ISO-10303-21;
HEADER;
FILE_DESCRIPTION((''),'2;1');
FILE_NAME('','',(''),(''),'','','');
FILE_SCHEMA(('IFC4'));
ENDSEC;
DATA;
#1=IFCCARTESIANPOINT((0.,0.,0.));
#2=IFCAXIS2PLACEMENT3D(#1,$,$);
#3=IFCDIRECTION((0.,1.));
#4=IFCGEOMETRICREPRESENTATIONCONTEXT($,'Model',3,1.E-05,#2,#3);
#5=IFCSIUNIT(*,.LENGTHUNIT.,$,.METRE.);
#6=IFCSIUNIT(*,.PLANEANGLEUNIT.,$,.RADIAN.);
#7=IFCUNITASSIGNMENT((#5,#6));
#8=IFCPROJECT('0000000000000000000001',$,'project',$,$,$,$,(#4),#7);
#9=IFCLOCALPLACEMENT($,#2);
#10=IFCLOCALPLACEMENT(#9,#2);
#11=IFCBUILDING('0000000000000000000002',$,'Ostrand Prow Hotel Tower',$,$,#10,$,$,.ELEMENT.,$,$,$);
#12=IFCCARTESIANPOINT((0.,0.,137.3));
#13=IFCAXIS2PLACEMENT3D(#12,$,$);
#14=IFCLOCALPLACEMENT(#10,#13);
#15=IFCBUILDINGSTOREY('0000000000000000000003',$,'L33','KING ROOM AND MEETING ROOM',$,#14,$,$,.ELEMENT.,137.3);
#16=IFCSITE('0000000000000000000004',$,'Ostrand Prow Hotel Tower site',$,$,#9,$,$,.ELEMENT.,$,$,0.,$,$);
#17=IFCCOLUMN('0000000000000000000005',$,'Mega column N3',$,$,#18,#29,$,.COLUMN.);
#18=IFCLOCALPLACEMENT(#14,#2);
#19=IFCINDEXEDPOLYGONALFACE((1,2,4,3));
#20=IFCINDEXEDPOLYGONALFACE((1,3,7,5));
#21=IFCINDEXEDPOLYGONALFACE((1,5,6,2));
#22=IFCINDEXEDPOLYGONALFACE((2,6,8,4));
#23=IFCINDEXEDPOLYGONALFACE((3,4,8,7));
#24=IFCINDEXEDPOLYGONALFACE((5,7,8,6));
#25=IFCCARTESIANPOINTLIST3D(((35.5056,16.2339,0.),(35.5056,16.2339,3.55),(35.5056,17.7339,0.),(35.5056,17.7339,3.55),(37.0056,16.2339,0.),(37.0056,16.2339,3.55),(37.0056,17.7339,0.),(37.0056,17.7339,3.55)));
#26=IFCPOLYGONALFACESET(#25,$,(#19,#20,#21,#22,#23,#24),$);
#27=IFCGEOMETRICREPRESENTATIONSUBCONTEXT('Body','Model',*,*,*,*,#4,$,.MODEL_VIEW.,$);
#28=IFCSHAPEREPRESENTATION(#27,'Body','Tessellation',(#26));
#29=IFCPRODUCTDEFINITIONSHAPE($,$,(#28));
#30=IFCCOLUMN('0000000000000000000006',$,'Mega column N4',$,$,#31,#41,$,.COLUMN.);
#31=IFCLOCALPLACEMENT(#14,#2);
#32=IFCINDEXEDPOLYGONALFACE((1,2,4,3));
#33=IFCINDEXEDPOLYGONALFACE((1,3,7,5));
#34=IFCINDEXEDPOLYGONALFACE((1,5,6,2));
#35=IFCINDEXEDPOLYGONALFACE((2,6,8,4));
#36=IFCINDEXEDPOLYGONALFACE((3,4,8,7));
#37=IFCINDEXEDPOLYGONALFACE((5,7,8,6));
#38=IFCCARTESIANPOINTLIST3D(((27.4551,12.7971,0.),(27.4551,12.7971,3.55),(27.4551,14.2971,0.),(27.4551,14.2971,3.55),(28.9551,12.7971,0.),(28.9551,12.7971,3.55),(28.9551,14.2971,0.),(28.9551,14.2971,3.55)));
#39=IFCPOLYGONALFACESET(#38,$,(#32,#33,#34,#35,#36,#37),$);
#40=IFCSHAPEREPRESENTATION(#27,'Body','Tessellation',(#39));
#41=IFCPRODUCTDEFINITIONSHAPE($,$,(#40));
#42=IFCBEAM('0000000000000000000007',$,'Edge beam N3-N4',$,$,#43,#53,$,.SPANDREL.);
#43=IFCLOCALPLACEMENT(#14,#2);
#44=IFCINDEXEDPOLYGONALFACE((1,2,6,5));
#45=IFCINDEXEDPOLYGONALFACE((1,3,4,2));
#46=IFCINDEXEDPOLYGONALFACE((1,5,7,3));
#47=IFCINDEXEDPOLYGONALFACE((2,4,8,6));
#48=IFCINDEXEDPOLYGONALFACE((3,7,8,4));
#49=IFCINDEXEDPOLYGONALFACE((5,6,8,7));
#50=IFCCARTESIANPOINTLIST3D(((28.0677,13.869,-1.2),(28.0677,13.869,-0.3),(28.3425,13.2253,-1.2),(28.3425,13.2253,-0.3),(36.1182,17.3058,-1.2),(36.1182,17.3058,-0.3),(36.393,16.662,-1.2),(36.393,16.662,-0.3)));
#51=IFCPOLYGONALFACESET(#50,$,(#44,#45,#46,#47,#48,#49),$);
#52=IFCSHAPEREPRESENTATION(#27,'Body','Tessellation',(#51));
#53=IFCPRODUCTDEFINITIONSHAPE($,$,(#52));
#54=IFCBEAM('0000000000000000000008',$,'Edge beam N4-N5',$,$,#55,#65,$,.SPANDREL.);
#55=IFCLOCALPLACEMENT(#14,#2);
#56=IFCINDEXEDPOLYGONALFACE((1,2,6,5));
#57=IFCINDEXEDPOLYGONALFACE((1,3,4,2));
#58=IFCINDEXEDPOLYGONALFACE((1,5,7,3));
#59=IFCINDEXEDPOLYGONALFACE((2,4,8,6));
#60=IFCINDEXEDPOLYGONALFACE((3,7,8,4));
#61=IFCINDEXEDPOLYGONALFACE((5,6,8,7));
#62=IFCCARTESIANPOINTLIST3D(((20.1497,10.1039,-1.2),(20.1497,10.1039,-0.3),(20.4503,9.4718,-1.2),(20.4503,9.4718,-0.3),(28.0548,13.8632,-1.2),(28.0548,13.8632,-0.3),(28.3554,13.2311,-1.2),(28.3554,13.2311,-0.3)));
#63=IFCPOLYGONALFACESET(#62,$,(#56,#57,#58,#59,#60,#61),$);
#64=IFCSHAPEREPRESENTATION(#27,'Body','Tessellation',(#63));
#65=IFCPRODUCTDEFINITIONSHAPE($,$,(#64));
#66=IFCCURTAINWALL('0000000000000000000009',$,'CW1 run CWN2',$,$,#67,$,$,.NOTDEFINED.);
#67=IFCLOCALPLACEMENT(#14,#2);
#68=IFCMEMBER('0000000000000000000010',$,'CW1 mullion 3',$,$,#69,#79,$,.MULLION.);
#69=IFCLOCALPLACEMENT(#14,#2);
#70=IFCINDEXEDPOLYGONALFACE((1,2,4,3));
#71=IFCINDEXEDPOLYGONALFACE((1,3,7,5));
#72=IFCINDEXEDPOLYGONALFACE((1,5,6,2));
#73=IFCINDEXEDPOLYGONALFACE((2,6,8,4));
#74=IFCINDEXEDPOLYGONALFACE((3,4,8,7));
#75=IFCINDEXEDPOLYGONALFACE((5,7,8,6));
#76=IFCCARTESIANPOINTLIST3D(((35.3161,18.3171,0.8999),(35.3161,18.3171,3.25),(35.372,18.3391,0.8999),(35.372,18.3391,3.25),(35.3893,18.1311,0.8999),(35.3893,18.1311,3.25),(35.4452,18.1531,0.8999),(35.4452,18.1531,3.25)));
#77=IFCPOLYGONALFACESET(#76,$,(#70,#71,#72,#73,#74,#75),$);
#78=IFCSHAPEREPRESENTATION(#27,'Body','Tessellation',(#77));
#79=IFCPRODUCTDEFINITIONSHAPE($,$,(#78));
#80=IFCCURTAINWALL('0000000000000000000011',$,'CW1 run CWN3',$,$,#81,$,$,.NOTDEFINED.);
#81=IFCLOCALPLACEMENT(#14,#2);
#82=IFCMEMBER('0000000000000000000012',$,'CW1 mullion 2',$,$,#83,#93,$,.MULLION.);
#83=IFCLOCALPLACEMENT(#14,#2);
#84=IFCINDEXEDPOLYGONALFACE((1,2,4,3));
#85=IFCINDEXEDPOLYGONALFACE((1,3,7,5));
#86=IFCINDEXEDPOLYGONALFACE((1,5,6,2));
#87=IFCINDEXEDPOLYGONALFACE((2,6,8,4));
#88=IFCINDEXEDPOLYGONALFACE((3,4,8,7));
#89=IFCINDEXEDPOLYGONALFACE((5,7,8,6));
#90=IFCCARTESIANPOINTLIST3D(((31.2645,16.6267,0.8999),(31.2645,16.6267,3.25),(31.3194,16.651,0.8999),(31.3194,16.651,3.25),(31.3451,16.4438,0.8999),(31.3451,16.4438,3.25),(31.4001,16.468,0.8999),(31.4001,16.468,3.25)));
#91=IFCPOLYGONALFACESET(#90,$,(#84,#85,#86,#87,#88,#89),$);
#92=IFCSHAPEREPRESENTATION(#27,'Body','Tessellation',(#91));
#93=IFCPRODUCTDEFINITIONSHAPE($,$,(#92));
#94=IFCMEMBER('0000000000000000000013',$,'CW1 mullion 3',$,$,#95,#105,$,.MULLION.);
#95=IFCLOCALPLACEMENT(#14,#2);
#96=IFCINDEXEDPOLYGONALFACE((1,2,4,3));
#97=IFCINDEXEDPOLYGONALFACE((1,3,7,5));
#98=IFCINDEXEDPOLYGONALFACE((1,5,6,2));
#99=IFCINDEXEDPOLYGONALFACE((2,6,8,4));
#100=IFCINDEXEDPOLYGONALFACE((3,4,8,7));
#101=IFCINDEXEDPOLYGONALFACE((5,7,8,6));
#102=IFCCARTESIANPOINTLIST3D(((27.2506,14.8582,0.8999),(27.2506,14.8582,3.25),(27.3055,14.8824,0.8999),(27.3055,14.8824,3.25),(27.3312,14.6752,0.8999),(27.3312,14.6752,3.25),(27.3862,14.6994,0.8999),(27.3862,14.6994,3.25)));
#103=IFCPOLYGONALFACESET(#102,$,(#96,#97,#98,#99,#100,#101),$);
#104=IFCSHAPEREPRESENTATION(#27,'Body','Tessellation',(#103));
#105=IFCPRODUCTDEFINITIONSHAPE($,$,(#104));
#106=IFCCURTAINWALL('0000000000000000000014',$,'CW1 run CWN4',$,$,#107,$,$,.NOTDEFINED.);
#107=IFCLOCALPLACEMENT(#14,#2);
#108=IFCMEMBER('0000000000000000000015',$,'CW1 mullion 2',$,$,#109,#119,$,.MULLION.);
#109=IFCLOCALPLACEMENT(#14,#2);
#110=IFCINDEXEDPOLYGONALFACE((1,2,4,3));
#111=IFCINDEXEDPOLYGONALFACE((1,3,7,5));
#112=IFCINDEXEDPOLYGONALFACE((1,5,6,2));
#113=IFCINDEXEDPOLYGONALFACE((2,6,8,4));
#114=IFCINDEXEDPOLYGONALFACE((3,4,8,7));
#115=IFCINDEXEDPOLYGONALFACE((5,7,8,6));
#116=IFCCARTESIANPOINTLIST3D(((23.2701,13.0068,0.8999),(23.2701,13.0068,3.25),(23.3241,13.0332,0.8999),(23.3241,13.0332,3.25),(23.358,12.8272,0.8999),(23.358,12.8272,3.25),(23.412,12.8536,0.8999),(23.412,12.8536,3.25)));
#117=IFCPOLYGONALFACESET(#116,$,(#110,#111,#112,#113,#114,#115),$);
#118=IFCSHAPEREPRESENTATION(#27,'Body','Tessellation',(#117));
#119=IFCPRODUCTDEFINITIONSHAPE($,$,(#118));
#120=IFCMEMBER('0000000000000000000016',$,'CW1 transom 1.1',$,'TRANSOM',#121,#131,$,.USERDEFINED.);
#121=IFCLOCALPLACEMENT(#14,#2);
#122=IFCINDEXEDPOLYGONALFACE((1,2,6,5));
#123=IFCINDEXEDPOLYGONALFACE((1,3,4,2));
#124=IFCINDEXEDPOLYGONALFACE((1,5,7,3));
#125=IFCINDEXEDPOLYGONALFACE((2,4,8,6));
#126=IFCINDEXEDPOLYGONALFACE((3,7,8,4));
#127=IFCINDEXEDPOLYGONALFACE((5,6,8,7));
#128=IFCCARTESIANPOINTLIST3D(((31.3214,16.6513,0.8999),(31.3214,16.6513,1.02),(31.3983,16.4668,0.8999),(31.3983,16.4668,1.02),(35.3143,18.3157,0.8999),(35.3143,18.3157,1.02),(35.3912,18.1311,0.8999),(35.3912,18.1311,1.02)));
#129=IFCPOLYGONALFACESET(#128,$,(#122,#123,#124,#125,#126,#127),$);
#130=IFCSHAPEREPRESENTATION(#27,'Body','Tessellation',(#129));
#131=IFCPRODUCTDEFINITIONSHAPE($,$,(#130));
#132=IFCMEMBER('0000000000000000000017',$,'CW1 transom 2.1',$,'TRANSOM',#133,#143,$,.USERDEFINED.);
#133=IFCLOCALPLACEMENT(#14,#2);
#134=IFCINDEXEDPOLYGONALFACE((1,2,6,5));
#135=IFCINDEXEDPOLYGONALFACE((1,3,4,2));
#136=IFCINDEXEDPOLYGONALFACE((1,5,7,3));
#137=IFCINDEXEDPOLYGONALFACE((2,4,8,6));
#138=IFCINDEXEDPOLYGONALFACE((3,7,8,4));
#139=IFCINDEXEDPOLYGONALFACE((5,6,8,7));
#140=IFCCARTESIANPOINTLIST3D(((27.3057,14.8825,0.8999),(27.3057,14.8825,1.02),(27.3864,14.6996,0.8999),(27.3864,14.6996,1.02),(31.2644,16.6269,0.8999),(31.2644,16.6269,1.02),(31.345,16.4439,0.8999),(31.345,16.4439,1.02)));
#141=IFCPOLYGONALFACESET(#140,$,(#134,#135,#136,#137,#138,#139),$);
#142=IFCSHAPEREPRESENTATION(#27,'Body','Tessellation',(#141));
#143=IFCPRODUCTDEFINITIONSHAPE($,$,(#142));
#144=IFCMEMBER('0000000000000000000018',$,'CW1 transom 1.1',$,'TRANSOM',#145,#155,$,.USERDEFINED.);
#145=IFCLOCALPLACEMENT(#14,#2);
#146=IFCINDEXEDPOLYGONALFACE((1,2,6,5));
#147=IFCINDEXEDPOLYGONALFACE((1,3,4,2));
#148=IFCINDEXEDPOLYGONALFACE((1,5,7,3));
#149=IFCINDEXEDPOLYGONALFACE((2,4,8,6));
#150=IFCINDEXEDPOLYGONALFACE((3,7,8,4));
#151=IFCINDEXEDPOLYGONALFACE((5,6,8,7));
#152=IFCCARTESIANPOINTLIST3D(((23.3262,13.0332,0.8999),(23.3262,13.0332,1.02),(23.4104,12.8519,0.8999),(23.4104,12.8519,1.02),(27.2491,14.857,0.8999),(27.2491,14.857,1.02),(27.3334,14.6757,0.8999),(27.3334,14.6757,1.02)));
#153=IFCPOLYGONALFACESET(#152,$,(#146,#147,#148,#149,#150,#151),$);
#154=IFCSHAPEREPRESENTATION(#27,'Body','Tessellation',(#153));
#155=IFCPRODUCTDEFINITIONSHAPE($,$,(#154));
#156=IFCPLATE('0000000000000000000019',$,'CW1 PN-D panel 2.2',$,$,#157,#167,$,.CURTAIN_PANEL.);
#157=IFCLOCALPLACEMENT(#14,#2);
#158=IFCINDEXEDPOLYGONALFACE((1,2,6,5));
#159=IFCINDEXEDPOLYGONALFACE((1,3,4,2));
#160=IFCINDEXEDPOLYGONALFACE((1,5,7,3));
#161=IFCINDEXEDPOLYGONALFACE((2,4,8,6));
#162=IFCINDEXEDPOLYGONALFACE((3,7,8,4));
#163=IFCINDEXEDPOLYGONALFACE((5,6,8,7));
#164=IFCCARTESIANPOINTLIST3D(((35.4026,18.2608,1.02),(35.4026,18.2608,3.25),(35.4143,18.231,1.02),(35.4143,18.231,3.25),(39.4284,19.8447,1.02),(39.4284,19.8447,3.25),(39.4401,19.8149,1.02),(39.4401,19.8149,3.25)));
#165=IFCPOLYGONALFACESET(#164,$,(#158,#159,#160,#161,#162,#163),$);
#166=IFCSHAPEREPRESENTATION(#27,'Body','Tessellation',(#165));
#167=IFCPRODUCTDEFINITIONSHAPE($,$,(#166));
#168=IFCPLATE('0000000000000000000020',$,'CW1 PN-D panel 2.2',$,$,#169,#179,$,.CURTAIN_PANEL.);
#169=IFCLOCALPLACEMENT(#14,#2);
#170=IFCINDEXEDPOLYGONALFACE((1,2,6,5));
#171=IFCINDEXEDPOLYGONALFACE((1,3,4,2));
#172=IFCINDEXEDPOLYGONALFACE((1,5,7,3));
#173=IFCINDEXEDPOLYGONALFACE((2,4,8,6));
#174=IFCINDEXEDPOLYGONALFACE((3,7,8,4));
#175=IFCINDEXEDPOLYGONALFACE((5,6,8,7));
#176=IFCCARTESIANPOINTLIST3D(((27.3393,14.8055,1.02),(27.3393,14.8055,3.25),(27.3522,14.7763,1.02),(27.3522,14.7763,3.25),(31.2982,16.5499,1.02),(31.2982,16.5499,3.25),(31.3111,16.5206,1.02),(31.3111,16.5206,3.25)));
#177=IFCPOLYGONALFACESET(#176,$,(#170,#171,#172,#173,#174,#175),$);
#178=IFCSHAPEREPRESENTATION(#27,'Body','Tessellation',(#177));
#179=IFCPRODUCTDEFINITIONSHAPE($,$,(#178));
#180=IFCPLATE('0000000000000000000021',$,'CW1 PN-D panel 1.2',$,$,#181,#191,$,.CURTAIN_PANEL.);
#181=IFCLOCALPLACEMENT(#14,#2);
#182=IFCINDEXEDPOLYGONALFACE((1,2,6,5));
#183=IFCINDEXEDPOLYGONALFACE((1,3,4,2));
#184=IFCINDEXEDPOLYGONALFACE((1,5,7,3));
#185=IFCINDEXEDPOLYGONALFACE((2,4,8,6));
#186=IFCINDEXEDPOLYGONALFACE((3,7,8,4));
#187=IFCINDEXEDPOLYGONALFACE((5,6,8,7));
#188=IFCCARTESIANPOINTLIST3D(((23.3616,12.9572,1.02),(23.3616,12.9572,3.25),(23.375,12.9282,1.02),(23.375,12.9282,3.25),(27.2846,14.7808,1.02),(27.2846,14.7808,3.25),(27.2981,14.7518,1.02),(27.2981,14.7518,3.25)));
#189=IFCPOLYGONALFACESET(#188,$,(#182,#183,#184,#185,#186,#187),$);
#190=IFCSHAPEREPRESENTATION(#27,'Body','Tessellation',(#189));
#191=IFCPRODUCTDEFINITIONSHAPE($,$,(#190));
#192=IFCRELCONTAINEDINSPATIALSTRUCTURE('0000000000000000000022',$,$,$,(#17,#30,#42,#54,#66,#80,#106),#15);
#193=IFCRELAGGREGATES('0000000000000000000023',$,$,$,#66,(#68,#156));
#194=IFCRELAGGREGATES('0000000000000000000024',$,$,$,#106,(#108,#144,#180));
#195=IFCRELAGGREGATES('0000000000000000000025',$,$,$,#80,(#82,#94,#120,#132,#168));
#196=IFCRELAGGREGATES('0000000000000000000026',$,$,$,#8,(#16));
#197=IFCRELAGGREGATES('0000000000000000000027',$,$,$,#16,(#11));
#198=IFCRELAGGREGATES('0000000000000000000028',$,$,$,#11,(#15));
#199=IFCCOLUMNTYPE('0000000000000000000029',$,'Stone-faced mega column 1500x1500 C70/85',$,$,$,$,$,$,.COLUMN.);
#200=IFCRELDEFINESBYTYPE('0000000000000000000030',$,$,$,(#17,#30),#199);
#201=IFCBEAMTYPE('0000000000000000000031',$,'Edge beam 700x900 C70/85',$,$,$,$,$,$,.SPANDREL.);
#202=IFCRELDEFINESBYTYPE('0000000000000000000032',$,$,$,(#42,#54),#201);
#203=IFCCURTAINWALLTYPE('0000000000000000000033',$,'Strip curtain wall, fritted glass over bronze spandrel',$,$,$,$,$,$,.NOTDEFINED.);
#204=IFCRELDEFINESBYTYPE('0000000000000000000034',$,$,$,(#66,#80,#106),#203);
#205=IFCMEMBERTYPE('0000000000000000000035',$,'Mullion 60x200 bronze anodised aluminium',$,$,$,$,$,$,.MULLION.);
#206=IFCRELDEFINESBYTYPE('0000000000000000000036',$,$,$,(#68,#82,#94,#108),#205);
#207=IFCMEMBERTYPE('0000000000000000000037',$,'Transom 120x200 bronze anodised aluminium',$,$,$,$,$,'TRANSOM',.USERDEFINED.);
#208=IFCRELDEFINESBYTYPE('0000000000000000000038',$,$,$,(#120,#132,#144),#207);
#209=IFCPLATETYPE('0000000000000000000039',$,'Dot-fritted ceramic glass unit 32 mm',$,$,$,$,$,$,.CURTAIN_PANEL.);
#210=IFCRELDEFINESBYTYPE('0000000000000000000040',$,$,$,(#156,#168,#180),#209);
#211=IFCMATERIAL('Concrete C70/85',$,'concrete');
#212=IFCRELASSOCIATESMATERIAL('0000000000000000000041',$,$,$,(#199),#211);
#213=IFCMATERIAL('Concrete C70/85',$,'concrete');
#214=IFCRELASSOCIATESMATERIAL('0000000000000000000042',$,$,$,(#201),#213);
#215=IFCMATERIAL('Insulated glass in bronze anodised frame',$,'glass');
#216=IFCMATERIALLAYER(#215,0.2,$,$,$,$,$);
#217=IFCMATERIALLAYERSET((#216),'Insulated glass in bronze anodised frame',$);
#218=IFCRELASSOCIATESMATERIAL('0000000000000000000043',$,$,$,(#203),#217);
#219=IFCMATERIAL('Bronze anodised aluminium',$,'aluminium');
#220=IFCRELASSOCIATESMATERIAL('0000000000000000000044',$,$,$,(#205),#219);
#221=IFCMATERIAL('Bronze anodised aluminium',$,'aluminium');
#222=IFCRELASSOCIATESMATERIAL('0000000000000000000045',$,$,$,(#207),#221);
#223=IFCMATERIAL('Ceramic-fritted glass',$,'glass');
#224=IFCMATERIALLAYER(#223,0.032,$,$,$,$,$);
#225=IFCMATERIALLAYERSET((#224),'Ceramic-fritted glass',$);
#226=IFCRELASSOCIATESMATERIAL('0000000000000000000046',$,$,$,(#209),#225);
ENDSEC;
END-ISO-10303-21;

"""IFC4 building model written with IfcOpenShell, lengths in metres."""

from ifc_helpers import new_model, si_unit, direction, frame, origin, origin_2d, place, context, subcontext, project, spatial, rectangle, extrude, material, layer, layer_set, material_profile, profile_set, type_object, element, aggregate, save


model = new_model("IFC4")

# Units and contexts
model_context = context("Model", 3, precision=1e-05, world=origin(), true_north=direction((0.0, 1.0)))
body_context = subcontext(model_context, "Body", "Model", "MODEL_VIEW")
ifc_project = project(units=[si_unit("LENGTHUNIT", "METRE"), si_unit("PLANEANGLEUNIT", "RADIAN")], contexts=[model_context])

# Site, building, storey
site_placement = place(None, origin())
site = spatial("IfcSite", under=ifc_project, at=site_placement, Name="Ostrand Prow Hotel Tower site", CompositionType="ELEMENT", RefElevation=0.0)
building_placement = place(site_placement, origin())
building = spatial("IfcBuilding", under=site, at=building_placement, Name="Ostrand Prow Hotel Tower", CompositionType="ELEMENT")
storey_placement = place(building_placement, frame((0.0, 0.0, 137.3)))
storey = spatial("IfcBuildingStorey", under=building, at=storey_placement, Name="L33", Description="KING ROOM AND MEETING ROOM", CompositionType="ELEMENT", Elevation=137.3)

# Columns
ifc_material_1 = material(Name="Concrete C70/85", Category="concrete")
ifc_material_profile_1 = material_profile(ifc_material_1, rectangle(XDim=1.5, YDim=1.5, at=origin_2d()), Name="RC 1500x1500")
ifc_profile_set_1 = profile_set([ifc_material_profile_1], Name="Concrete C70/85")
column_type = type_object("IfcColumnType", Name="Stone-faced mega column 1500x1500 C70/85", PredefinedType="COLUMN", material=ifc_profile_set_1)
for number, where, z_axis, x_axis, name in (
    (1, (36.2556, 16.9839, 0.0), (0.0, 0.0, 1.0), (1.0, 0.0, 0.0), "Mega column N3"),
    (2, (28.2051, 13.5471, 0.0), (0.0, 0.0, 1.0), (1.0, 0.0, 0.0), "Mega column N4"),
):
    element("IfcColumn", number, at=place(storey_placement, frame(where, z_axis=z_axis, x_axis=x_axis)), inside=storey, type_object=column_type, Name=name, PredefinedType="COLUMN", context=body_context, shape_type="SweptSolid", body=[
        extrude(rectangle(XDim=1.5, YDim=1.5, at=origin_2d()), origin(), (0.0, 0.0, 1.0), 3.55),
    ])

# Beams
ifc_material_2 = material(Name="Concrete C70/85", Category="concrete")
ifc_material_profile_2 = material_profile(ifc_material_2, rectangle(XDim=0.7, YDim=0.8999, at=origin_2d()), Name="RC 700x900")
ifc_profile_set_2 = profile_set([ifc_material_profile_2], Name="Concrete C70/85")
beam_type = type_object("IfcBeamType", Name="Edge beam 700x900 C70/85", PredefinedType="SPANDREL", material=ifc_profile_set_2)
for number, where, z_axis, x_axis, name in (
    (3, (36.2556, 16.9839, -0.75), (-0.919701, -0.39262, 0.0), (0.39262, -0.919701, 0.0), "Edge beam N3-N4"),
    (4, (28.2051, 13.5471, -0.75), (-0.903083, -0.429466, 0.0), (0.429466, -0.903083, 0.0), "Edge beam N4-N5"),
):
    element("IfcBeam", number, at=place(storey_placement, frame(where, z_axis=z_axis, x_axis=x_axis)), inside=storey, type_object=beam_type, Name=name, PredefinedType="SPANDREL", context=body_context, shape_type="SweptSolid", body=[
        extrude(rectangle(XDim=0.7, YDim=0.8999, at=origin_2d()), origin(), (0.0, 0.0, 1.0), 8.7534),
    ])

# Curtain wall, member
ifc_material_3 = material(Name="Insulated glass in bronze anodised frame", Category="glass")
ifc_layer_1 = layer(ifc_material_3, 0.2)
ifc_layer_set_1 = layer_set([ifc_layer_1], Name="Insulated glass in bronze anodised frame")
curtain_wall_type = type_object("IfcCurtainWallType", Name="Strip curtain wall, fritted glass over bronze spandrel", PredefinedType="NOTDEFINED", material=ifc_layer_set_1)
curtain_wall_1_placement = place(storey_placement, origin())
curtain_wall_1 = element("IfcCurtainWall", 5, at=curtain_wall_1_placement, inside=storey, type_object=curtain_wall_type, Name="CW1 run CWN2", PredefinedType="NOTDEFINED")
ifc_material_4 = material(Name="Bronze anodised aluminium", Category="aluminium")
ifc_material_profile_3 = material_profile(ifc_material_4, rectangle(XDim=0.2, YDim=0.0601, at=origin_2d()), Name="Mullion 60x200 bronze anodised aluminium")
ifc_profile_set_3 = profile_set([ifc_material_profile_3], Name="Bronze anodised aluminium")
member_type_1 = type_object("IfcMemberType", Name="Mullion 60x200 bronze anodised aluminium", PredefinedType="MULLION", material=ifc_profile_set_3)
member_1_placement = place(storey_placement, frame((35.3806, 18.2351, 0.8999), z_axis=(0.0, 0.0, 1.0), x_axis=(0.366116, -0.930569, 0.0)))
member_1 = element("IfcMember", 6, at=member_1_placement, type_object=member_type_1, Name="CW1 mullion 3", PredefinedType="MULLION", context=body_context, shape_type="SweptSolid", body=[
    extrude(rectangle(XDim=0.2, YDim=0.0601, at=origin_2d()), origin(), (0.0, 0.0, 1.0), 2.3501),
])

# Curtain wall, members
curtain_wall_2_placement = place(storey_placement, origin())
curtain_wall_2 = element("IfcCurtainWall", 7, at=curtain_wall_2_placement, inside=storey, type_object=curtain_wall_type, Name="CW1 run CWN3", PredefinedType="NOTDEFINED")
member_2_placement = place(storey_placement, frame((31.3323, 16.5474, 0.8999), z_axis=(0.0, 0.0, 1.0), x_axis=(0.403213, -0.915106, 0.0)))
member_2 = element("IfcMember", 8, at=member_2_placement, type_object=member_type_1, Name="CW1 mullion 2", PredefinedType="MULLION", context=body_context, shape_type="SweptSolid", body=[
    extrude(rectangle(XDim=0.2, YDim=0.0601, at=origin_2d()), origin(), (0.0, 0.0, 1.0), 2.3501),
])
member_3_placement = place(storey_placement, frame((27.3184, 14.7788, 0.8999), z_axis=(0.0, 0.0, 1.0), x_axis=(0.403213, -0.915106, 0.0)))
member_3 = element("IfcMember", 9, at=member_3_placement, type_object=member_type_1, Name="CW1 mullion 3", PredefinedType="MULLION", context=body_context, shape_type="SweptSolid", body=[
    extrude(rectangle(XDim=0.2, YDim=0.0601, at=origin_2d()), origin(), (0.0, 0.0, 1.0), 2.3501),
])

# Curtain wall, member
curtain_wall_3_placement = place(storey_placement, origin())
curtain_wall_3 = element("IfcCurtainWall", 10, at=curtain_wall_3_placement, inside=storey, type_object=curtain_wall_type, Name="CW1 run CWN4", PredefinedType="NOTDEFINED")
member_4_placement = place(storey_placement, frame((23.3411, 12.9302, 0.8999), z_axis=(0.0, 0.0, 1.0), x_axis=(0.439659, -0.898165, 0.0)))
member_4 = element("IfcMember", 11, at=member_4_placement, type_object=member_type_1, Name="CW1 mullion 2", PredefinedType="MULLION", context=body_context, shape_type="SweptSolid", body=[
    extrude(rectangle(XDim=0.2, YDim=0.0601, at=origin_2d()), origin(), (0.0, 0.0, 1.0), 2.3501),
])

# Members
ifc_material_5 = material(Name="Bronze anodised aluminium", Category="aluminium")
ifc_material_profile_4 = material_profile(ifc_material_5, rectangle(XDim=0.2, YDim=0.1201, at=origin_2d()), Name="Transom 120x200 bronze anodised aluminium")
ifc_profile_set_4 = profile_set([ifc_material_profile_4], Name="Bronze anodised aluminium")
member_type_2 = type_object("IfcMemberType", Name="Transom 120x200 bronze anodised aluminium", ElementType="TRANSOM", PredefinedType="USERDEFINED", material=ifc_profile_set_4)
member_5_placement = place(storey_placement, frame((35.3528, 18.2234, 0.96), z_axis=(-0.923028, -0.384732, 0.0), x_axis=(0.384732, -0.923028, 0.0)))
member_5 = element("IfcMember", 12, at=member_5_placement, type_object=member_type_2, Name="CW1 transom 1.1", ObjectType="TRANSOM", PredefinedType="USERDEFINED", context=body_context, shape_type="SweptSolid", body=[
    extrude(rectangle(XDim=0.2, YDim=0.1201, at=origin_2d()), origin(), (0.0, 0.0, 1.0), 4.3259),
])
member_6_placement = place(storey_placement, frame((31.3047, 16.5354, 0.96), z_axis=(-0.915099, -0.40323, 0.0), x_axis=(0.40323, -0.915099, 0.0)))
member_6 = element("IfcMember", 13, at=member_6_placement, type_object=member_type_2, Name="CW1 transom 2.1", ObjectType="TRANSOM", PredefinedType="USERDEFINED", context=body_context, shape_type="SweptSolid", body=[
    extrude(rectangle(XDim=0.2, YDim=0.1201, at=origin_2d()), origin(), (0.0, 0.0, 1.0), 4.3259),
])
member_7_placement = place(storey_placement, frame((27.2913, 14.7664, 0.96), z_axis=(-0.906796, -0.421569, 0.0), x_axis=(0.421569, -0.906796, 0.0)))
member_7 = element("IfcMember", 14, at=member_7_placement, type_object=member_type_2, Name="CW1 transom 1.1", ObjectType="TRANSOM", PredefinedType="USERDEFINED", context=body_context, shape_type="SweptSolid", body=[
    extrude(rectangle(XDim=0.2, YDim=0.1201, at=origin_2d()), origin(), (0.0, 0.0, 1.0), 4.3262),
])

# Plates
ifc_material_6 = material(Name="Ceramic-fritted glass", Category="glass")
ifc_layer_2 = layer(ifc_material_6, 0.032)
ifc_layer_set_2 = layer_set([ifc_layer_2], Name="Ceramic-fritted glass")
plate_type_1 = type_object("IfcPlateType", Name="Dot-fritted ceramic glass unit 32 mm", PredefinedType="CURTAIN_PANEL", material=ifc_layer_set_2)
plate_1_placement = place(storey_placement, frame((37.4214, 19.0378, 1.02), z_axis=(0.0, 0.0, 1.0), x_axis=(-0.930569, -0.366116, 0.0)))
plate_1 = element("IfcPlate", 15, at=plate_1_placement, type_object=plate_type_1, Name="CW1 PN-D panel 2.2", PredefinedType="CURTAIN_PANEL", context=body_context, shape_type="SweptSolid", body=[
    extrude(rectangle(XDim=4.3262, YDim=0.032, at=origin_2d()), origin(), (0.0, 0.0, 1.0), 2.23),
])
aggregate(curtain_wall_1, [member_1, plate_1])
plate_2_placement = place(storey_placement, frame((29.3252, 15.6631, 1.02), z_axis=(0.0, 0.0, 1.0), x_axis=(-0.915106, -0.403213, 0.0)))
plate_2 = element("IfcPlate", 16, at=plate_2_placement, type_object=plate_type_1, Name="CW1 PN-D panel 2.2", PredefinedType="CURTAIN_PANEL", context=body_context, shape_type="SweptSolid", body=[
    extrude(rectangle(XDim=4.3262, YDim=0.032, at=origin_2d()), origin(), (0.0, 0.0, 1.0), 2.23),
])
plate_3_placement = place(storey_placement, frame((25.3298, 13.8545, 1.02), z_axis=(0.0, 0.0, 1.0), x_axis=(-0.906818, -0.421522, 0.0)))
plate_3 = element("IfcPlate", 17, at=plate_3_placement, type_object=plate_type_1, Name="CW1 PN-D panel 1.2", PredefinedType="CURTAIN_PANEL", context=body_context, shape_type="SweptSolid", body=[
    extrude(rectangle(XDim=4.3262, YDim=0.032, at=origin_2d()), origin(), (0.0, 0.0, 1.0), 2.23),
])
aggregate(curtain_wall_3, [member_4, member_7, plate_3])
aggregate(curtain_wall_2, [member_2, member_3, member_5, member_6, plate_2])

save(model, "model.ifc")
